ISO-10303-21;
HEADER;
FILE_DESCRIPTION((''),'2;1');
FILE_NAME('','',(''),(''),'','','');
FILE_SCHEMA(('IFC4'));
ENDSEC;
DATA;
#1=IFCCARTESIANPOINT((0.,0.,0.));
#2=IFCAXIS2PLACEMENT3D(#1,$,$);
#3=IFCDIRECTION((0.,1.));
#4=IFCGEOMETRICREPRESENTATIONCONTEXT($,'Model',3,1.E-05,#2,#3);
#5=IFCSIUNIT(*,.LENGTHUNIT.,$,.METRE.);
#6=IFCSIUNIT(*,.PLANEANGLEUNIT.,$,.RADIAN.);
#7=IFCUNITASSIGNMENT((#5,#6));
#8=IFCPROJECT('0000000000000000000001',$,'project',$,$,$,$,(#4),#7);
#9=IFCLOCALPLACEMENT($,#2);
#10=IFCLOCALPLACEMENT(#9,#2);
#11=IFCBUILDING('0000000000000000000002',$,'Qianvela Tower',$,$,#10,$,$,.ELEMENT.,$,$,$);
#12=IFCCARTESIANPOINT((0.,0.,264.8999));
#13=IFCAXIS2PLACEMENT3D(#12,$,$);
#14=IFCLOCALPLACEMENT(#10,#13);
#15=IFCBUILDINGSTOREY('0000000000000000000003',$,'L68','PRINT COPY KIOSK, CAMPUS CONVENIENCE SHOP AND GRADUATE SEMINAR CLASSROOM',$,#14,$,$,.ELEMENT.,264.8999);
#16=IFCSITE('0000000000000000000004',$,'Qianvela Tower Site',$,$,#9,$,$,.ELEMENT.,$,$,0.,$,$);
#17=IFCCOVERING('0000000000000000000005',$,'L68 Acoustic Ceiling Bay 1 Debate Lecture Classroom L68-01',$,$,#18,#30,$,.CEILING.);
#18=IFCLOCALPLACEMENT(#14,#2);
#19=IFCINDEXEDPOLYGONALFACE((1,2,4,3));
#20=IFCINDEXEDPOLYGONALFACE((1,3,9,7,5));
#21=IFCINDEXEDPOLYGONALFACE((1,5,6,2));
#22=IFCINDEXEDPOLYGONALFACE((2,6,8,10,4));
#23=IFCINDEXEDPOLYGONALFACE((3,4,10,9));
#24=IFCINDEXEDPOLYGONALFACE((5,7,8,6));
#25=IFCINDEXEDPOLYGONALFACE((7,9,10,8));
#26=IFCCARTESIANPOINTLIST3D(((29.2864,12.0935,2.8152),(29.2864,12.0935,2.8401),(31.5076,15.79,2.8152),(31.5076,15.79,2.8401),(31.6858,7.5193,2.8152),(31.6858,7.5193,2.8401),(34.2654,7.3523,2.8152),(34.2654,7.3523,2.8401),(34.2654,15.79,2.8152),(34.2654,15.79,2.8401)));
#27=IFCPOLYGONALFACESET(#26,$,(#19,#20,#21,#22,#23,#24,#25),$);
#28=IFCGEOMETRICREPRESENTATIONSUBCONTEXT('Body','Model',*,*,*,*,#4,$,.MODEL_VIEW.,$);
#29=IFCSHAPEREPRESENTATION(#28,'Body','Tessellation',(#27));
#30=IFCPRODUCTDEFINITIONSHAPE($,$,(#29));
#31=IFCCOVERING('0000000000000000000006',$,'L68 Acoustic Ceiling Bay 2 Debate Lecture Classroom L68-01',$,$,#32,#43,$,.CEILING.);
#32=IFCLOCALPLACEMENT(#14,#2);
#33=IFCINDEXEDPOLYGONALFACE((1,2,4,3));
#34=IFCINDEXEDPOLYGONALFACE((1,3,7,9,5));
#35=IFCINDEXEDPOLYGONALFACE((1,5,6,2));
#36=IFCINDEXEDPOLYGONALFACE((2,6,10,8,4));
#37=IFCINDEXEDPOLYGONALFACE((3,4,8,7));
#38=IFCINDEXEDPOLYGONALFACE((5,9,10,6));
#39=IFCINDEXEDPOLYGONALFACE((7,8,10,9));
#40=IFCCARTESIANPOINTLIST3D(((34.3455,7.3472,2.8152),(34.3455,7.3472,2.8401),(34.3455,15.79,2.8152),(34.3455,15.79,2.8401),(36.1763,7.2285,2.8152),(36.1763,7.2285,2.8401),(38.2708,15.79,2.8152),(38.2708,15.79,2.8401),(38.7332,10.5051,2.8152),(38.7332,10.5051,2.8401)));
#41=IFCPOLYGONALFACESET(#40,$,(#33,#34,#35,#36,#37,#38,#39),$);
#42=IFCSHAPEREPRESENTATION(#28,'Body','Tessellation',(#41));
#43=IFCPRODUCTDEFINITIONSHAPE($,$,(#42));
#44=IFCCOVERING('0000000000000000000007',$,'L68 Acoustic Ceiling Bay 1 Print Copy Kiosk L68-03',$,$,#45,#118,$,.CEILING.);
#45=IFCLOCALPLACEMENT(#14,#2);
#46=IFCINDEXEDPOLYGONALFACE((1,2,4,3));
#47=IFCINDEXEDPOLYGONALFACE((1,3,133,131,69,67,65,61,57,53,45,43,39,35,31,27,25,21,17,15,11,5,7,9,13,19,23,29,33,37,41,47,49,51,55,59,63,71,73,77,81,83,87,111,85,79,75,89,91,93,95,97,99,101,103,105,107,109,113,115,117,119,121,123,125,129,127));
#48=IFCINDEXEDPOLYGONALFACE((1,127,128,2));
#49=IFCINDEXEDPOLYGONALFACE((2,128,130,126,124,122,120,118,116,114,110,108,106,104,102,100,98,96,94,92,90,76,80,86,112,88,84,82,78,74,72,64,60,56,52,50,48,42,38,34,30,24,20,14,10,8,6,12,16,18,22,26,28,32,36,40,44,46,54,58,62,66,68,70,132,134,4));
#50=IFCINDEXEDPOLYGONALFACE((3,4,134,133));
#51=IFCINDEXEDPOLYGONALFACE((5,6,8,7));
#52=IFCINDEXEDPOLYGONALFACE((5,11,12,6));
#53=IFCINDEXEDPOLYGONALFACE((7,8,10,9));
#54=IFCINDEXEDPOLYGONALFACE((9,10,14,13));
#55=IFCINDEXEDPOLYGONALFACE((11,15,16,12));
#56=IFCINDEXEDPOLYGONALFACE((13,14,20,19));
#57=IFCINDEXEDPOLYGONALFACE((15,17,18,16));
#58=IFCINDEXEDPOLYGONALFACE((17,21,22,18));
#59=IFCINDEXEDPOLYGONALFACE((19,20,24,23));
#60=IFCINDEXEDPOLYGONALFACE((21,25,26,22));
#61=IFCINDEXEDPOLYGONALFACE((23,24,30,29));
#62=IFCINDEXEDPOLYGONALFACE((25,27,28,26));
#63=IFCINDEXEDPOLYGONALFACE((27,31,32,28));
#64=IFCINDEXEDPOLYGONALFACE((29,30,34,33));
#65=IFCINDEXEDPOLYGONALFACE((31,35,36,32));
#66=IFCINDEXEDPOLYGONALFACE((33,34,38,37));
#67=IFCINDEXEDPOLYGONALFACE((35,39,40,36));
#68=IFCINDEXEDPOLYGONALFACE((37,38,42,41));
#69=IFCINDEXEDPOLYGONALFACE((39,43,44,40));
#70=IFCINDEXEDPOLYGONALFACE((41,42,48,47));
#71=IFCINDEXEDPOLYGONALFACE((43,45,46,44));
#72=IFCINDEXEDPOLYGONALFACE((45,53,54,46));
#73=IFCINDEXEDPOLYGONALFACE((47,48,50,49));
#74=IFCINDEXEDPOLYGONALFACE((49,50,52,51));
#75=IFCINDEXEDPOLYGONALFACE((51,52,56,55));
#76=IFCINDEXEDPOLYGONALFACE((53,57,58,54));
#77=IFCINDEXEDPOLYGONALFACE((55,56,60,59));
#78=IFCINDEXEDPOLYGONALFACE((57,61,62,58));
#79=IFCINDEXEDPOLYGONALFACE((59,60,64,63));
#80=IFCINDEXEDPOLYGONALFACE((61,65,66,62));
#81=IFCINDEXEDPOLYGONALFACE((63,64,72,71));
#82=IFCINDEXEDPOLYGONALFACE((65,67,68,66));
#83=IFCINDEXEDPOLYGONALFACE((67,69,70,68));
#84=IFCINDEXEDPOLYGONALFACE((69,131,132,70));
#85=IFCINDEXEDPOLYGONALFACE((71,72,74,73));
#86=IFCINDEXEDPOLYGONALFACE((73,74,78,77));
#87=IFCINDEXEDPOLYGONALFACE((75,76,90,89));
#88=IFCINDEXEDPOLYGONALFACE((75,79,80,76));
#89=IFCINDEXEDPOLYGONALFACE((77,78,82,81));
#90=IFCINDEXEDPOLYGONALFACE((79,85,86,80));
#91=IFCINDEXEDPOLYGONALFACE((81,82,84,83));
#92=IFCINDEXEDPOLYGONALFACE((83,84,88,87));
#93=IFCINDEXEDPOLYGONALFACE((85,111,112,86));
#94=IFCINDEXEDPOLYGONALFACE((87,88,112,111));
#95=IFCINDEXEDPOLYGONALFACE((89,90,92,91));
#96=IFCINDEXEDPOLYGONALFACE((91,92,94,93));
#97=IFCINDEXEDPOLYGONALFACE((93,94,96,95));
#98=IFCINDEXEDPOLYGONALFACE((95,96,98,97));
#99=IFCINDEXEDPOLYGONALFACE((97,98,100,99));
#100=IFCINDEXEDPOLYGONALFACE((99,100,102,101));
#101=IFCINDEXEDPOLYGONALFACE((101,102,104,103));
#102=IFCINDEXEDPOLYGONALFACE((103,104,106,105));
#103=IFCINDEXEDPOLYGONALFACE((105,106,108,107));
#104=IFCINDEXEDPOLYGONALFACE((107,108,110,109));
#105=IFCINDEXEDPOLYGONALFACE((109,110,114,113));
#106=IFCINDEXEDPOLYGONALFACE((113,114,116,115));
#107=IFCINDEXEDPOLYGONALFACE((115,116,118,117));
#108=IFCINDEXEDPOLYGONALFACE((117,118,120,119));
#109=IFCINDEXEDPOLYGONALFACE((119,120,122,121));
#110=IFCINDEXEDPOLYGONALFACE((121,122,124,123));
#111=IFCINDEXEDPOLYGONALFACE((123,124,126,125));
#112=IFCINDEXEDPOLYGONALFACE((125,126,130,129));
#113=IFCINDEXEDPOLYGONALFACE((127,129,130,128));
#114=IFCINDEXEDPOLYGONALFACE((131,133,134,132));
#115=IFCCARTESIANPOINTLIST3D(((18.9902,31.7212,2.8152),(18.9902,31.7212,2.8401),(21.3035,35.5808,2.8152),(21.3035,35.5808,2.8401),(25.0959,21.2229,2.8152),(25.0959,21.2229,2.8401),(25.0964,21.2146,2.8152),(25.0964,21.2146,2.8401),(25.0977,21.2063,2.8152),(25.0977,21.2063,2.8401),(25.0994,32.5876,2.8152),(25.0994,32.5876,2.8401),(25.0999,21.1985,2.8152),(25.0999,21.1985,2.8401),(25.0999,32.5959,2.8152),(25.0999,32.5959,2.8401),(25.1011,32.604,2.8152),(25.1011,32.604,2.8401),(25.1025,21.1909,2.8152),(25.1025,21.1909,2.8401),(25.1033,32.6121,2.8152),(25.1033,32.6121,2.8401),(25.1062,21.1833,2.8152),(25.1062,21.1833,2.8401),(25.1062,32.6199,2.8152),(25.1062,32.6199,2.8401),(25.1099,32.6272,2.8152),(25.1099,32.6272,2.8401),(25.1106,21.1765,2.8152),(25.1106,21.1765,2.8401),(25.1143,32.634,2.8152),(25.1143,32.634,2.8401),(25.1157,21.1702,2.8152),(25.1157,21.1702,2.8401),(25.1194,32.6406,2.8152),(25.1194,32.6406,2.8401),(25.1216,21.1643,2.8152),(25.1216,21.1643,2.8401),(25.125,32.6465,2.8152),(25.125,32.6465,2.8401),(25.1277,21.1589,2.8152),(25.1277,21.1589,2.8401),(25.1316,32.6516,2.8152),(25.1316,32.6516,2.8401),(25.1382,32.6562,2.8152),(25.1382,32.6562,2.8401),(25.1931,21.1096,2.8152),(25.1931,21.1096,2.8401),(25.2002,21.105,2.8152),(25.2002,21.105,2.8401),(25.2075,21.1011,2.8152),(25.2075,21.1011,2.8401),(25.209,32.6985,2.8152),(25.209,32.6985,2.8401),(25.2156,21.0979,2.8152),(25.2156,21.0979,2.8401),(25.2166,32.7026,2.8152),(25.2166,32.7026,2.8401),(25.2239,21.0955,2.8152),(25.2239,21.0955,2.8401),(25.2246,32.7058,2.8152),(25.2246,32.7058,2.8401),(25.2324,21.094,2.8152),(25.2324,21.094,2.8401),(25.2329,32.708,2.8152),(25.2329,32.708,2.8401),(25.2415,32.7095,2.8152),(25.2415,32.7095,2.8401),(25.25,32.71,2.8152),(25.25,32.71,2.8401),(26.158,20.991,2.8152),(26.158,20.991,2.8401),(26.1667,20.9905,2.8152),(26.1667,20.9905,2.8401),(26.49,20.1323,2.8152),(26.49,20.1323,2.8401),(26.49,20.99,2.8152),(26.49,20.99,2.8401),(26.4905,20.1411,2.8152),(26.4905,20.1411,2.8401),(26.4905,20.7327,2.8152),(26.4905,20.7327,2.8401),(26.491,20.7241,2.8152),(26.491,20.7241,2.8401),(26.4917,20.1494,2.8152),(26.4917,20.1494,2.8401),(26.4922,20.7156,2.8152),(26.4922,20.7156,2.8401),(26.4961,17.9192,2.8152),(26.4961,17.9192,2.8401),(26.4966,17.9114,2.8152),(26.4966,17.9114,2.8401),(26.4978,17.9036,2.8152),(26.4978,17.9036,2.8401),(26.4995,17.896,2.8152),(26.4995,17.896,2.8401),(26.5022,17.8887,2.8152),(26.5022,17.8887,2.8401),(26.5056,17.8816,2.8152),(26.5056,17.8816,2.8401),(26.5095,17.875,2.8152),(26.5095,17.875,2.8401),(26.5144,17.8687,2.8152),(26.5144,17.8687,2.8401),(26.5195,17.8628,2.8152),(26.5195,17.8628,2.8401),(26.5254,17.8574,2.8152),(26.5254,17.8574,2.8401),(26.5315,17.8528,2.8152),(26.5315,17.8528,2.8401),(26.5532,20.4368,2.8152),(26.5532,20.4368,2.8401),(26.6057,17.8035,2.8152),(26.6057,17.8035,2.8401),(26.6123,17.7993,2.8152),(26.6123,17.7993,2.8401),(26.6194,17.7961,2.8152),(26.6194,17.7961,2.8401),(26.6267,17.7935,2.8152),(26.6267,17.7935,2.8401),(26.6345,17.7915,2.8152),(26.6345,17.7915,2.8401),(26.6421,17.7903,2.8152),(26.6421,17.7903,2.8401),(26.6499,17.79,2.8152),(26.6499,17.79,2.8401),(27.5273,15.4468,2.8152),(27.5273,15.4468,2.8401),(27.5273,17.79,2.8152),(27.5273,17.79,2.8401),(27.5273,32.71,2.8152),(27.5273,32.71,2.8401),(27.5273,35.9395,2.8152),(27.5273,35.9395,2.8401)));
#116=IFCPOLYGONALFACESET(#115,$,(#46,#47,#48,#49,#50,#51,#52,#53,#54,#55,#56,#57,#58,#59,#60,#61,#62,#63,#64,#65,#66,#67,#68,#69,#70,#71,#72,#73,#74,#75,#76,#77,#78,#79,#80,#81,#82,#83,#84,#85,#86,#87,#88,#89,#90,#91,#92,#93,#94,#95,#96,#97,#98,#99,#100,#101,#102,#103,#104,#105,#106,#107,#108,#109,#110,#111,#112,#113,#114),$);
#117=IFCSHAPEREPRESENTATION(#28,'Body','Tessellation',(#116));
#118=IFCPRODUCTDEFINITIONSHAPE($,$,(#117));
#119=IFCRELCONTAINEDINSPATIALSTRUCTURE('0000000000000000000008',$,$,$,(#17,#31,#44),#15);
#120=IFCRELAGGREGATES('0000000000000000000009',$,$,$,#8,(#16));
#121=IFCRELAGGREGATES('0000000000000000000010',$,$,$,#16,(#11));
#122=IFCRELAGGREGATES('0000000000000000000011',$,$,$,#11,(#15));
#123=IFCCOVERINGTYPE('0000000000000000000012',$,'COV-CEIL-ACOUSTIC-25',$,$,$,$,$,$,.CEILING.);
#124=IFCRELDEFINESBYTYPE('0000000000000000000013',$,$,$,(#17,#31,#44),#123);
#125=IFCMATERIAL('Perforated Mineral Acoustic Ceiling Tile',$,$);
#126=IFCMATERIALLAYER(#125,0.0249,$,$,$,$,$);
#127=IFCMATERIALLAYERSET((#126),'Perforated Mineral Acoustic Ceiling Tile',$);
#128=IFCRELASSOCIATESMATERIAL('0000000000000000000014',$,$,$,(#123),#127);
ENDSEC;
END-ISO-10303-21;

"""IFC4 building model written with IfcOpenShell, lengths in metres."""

from ifc_helpers import new_model, si_unit, direction, frame, origin, place, context, subcontext, project, spatial, polyline, outline, extrude, material, layer, layer_set, type_object, element, save


model = new_model("IFC4")

# Units and contexts
model_context = context("Model", 3, precision=1e-05, world=origin(), true_north=direction((0.0, 1.0)))
body_context = subcontext(model_context, "Body", "Model", "MODEL_VIEW")
ifc_project = project(units=[si_unit("LENGTHUNIT", "METRE"), si_unit("PLANEANGLEUNIT", "RADIAN")], contexts=[model_context])

# Site, building, storey
site_placement = place(None, origin())
site = spatial("IfcSite", under=ifc_project, at=site_placement, Name="Qianvela Tower Site", CompositionType="ELEMENT", RefElevation=0.0)
building_placement = place(site_placement, origin())
building = spatial("IfcBuilding", under=site, at=building_placement, Name="Qianvela Tower", CompositionType="ELEMENT")
storey_placement = place(building_placement, frame((0.0, 0.0, 264.8999)))
storey = spatial("IfcBuildingStorey", under=building, at=storey_placement, Name="L68", Description="PRINT COPY KIOSK, CAMPUS CONVENIENCE SHOP AND GRADUATE SEMINAR CLASSROOM", CompositionType="ELEMENT", Elevation=264.8999)

# Coverings
ifc_material_1 = material(Name="Perforated Mineral Acoustic Ceiling Tile")
ifc_layer_1 = layer(ifc_material_1, 0.0249)
ifc_layer_set_1 = layer_set([ifc_layer_1], Name="Perforated Mineral Acoustic Ceiling Tile")
covering_type_1 = type_object("IfcCoveringType", Name="COV-CEIL-ACOUSTIC-25", PredefinedType="CEILING", material=ifc_layer_set_1)
covering_1_placement = place(storey_placement, frame((0.0, 0.0, 2.8152)))
element("IfcCovering", 1, at=covering_1_placement, inside=storey, type_object=covering_type_1, Name="L68 Acoustic Ceiling Bay 1 Debate Lecture Classroom L68-01", PredefinedType="CEILING", context=body_context, shape_type="SweptSolid", body=[
    extrude(outline(polyline([(31.5076, 15.79), (34.2654, 15.79), (34.2654, 7.3523), (31.6858, 7.5193), (29.2864, 12.0935), (31.5076, 15.79)])), origin(), (0.0, 0.0, 1.0), 0.0249),
])
covering_2_placement = place(storey_placement, frame((0.0, 0.0, 2.8152)))
element("IfcCovering", 2, at=covering_2_placement, inside=storey, type_object=covering_type_1, Name="L68 Acoustic Ceiling Bay 2 Debate Lecture Classroom L68-01", PredefinedType="CEILING", context=body_context, shape_type="SweptSolid", body=[
    extrude(outline(polyline([(38.2708, 15.79), (38.7332, 10.5051), (36.1763, 7.2285), (34.3455, 7.3472), (34.3455, 15.79), (38.2708, 15.79)])), origin(), (0.0, 0.0, 1.0), 0.0249),
])
covering_3_placement = place(storey_placement, frame((0.0, 0.0, 2.8152)))
element("IfcCovering", 3, at=covering_3_placement, inside=storey, type_object=covering_type_1, Name="L68 Acoustic Ceiling Bay 1 Print Copy Kiosk L68-03", PredefinedType="CEILING", context=body_context, shape_type="SweptSolid", body=[
    extrude(outline(polyline([(25.25, 32.71), (25.2415, 32.7095), (25.2329, 32.708), (25.2246, 32.7058), (25.2166, 32.7026), (25.209, 32.6985), (25.1382, 32.6562), (25.1316, 32.6516), (25.125, 32.6465), (25.1194, 32.6406), (25.1143, 32.634), (25.1099, 32.6272), (25.1062, 32.6199), (25.1033, 32.6121), (25.1011, 32.604), (25.0999, 32.5959), (25.0994, 32.5876), (25.0959, 21.2229), (25.0964, 21.2146), (25.0977, 21.2063), (25.0999, 21.1985), (25.1025, 21.1909), (25.1062, 21.1833), (25.1106, 21.1765), (25.1157, 21.1702), (25.1216, 21.1643), (25.1277, 21.1589), (25.1931, 21.1096), (25.2002, 21.105), (25.2075, 21.1011), (25.2156, 21.0979), (25.2239, 21.0955), (25.2324, 21.094), (26.158, 20.991), (26.1667, 20.9905), (26.49, 20.99), (26.4905, 20.7327), (26.491, 20.7241), (26.4922, 20.7156), (26.5532, 20.4368), (26.4917, 20.1494), (26.4905, 20.1411), (26.49, 20.1323), (26.4961, 17.9192), (26.4966, 17.9114), (26.4978, 17.9036), (26.4995, 17.896), (26.5022, 17.8887), (26.5056, 17.8816), (26.5095, 17.875), (26.5144, 17.8687), (26.5195, 17.8628), (26.5254, 17.8574), (26.5315, 17.8528), (26.6057, 17.8035), (26.6123, 17.7993), (26.6194, 17.7961), (26.6267, 17.7935), (26.6345, 17.7915), (26.6421, 17.7903), (26.6499, 17.79), (27.5273, 17.79), (27.5273, 15.4468), (18.9902, 31.7212), (21.3035, 35.5808), (27.5273, 35.9395), (27.5273, 32.71), (25.25, 32.71)])), origin(), (0.0, 0.0, 1.0), 0.0249),
])

save(model, "model.ifc")
